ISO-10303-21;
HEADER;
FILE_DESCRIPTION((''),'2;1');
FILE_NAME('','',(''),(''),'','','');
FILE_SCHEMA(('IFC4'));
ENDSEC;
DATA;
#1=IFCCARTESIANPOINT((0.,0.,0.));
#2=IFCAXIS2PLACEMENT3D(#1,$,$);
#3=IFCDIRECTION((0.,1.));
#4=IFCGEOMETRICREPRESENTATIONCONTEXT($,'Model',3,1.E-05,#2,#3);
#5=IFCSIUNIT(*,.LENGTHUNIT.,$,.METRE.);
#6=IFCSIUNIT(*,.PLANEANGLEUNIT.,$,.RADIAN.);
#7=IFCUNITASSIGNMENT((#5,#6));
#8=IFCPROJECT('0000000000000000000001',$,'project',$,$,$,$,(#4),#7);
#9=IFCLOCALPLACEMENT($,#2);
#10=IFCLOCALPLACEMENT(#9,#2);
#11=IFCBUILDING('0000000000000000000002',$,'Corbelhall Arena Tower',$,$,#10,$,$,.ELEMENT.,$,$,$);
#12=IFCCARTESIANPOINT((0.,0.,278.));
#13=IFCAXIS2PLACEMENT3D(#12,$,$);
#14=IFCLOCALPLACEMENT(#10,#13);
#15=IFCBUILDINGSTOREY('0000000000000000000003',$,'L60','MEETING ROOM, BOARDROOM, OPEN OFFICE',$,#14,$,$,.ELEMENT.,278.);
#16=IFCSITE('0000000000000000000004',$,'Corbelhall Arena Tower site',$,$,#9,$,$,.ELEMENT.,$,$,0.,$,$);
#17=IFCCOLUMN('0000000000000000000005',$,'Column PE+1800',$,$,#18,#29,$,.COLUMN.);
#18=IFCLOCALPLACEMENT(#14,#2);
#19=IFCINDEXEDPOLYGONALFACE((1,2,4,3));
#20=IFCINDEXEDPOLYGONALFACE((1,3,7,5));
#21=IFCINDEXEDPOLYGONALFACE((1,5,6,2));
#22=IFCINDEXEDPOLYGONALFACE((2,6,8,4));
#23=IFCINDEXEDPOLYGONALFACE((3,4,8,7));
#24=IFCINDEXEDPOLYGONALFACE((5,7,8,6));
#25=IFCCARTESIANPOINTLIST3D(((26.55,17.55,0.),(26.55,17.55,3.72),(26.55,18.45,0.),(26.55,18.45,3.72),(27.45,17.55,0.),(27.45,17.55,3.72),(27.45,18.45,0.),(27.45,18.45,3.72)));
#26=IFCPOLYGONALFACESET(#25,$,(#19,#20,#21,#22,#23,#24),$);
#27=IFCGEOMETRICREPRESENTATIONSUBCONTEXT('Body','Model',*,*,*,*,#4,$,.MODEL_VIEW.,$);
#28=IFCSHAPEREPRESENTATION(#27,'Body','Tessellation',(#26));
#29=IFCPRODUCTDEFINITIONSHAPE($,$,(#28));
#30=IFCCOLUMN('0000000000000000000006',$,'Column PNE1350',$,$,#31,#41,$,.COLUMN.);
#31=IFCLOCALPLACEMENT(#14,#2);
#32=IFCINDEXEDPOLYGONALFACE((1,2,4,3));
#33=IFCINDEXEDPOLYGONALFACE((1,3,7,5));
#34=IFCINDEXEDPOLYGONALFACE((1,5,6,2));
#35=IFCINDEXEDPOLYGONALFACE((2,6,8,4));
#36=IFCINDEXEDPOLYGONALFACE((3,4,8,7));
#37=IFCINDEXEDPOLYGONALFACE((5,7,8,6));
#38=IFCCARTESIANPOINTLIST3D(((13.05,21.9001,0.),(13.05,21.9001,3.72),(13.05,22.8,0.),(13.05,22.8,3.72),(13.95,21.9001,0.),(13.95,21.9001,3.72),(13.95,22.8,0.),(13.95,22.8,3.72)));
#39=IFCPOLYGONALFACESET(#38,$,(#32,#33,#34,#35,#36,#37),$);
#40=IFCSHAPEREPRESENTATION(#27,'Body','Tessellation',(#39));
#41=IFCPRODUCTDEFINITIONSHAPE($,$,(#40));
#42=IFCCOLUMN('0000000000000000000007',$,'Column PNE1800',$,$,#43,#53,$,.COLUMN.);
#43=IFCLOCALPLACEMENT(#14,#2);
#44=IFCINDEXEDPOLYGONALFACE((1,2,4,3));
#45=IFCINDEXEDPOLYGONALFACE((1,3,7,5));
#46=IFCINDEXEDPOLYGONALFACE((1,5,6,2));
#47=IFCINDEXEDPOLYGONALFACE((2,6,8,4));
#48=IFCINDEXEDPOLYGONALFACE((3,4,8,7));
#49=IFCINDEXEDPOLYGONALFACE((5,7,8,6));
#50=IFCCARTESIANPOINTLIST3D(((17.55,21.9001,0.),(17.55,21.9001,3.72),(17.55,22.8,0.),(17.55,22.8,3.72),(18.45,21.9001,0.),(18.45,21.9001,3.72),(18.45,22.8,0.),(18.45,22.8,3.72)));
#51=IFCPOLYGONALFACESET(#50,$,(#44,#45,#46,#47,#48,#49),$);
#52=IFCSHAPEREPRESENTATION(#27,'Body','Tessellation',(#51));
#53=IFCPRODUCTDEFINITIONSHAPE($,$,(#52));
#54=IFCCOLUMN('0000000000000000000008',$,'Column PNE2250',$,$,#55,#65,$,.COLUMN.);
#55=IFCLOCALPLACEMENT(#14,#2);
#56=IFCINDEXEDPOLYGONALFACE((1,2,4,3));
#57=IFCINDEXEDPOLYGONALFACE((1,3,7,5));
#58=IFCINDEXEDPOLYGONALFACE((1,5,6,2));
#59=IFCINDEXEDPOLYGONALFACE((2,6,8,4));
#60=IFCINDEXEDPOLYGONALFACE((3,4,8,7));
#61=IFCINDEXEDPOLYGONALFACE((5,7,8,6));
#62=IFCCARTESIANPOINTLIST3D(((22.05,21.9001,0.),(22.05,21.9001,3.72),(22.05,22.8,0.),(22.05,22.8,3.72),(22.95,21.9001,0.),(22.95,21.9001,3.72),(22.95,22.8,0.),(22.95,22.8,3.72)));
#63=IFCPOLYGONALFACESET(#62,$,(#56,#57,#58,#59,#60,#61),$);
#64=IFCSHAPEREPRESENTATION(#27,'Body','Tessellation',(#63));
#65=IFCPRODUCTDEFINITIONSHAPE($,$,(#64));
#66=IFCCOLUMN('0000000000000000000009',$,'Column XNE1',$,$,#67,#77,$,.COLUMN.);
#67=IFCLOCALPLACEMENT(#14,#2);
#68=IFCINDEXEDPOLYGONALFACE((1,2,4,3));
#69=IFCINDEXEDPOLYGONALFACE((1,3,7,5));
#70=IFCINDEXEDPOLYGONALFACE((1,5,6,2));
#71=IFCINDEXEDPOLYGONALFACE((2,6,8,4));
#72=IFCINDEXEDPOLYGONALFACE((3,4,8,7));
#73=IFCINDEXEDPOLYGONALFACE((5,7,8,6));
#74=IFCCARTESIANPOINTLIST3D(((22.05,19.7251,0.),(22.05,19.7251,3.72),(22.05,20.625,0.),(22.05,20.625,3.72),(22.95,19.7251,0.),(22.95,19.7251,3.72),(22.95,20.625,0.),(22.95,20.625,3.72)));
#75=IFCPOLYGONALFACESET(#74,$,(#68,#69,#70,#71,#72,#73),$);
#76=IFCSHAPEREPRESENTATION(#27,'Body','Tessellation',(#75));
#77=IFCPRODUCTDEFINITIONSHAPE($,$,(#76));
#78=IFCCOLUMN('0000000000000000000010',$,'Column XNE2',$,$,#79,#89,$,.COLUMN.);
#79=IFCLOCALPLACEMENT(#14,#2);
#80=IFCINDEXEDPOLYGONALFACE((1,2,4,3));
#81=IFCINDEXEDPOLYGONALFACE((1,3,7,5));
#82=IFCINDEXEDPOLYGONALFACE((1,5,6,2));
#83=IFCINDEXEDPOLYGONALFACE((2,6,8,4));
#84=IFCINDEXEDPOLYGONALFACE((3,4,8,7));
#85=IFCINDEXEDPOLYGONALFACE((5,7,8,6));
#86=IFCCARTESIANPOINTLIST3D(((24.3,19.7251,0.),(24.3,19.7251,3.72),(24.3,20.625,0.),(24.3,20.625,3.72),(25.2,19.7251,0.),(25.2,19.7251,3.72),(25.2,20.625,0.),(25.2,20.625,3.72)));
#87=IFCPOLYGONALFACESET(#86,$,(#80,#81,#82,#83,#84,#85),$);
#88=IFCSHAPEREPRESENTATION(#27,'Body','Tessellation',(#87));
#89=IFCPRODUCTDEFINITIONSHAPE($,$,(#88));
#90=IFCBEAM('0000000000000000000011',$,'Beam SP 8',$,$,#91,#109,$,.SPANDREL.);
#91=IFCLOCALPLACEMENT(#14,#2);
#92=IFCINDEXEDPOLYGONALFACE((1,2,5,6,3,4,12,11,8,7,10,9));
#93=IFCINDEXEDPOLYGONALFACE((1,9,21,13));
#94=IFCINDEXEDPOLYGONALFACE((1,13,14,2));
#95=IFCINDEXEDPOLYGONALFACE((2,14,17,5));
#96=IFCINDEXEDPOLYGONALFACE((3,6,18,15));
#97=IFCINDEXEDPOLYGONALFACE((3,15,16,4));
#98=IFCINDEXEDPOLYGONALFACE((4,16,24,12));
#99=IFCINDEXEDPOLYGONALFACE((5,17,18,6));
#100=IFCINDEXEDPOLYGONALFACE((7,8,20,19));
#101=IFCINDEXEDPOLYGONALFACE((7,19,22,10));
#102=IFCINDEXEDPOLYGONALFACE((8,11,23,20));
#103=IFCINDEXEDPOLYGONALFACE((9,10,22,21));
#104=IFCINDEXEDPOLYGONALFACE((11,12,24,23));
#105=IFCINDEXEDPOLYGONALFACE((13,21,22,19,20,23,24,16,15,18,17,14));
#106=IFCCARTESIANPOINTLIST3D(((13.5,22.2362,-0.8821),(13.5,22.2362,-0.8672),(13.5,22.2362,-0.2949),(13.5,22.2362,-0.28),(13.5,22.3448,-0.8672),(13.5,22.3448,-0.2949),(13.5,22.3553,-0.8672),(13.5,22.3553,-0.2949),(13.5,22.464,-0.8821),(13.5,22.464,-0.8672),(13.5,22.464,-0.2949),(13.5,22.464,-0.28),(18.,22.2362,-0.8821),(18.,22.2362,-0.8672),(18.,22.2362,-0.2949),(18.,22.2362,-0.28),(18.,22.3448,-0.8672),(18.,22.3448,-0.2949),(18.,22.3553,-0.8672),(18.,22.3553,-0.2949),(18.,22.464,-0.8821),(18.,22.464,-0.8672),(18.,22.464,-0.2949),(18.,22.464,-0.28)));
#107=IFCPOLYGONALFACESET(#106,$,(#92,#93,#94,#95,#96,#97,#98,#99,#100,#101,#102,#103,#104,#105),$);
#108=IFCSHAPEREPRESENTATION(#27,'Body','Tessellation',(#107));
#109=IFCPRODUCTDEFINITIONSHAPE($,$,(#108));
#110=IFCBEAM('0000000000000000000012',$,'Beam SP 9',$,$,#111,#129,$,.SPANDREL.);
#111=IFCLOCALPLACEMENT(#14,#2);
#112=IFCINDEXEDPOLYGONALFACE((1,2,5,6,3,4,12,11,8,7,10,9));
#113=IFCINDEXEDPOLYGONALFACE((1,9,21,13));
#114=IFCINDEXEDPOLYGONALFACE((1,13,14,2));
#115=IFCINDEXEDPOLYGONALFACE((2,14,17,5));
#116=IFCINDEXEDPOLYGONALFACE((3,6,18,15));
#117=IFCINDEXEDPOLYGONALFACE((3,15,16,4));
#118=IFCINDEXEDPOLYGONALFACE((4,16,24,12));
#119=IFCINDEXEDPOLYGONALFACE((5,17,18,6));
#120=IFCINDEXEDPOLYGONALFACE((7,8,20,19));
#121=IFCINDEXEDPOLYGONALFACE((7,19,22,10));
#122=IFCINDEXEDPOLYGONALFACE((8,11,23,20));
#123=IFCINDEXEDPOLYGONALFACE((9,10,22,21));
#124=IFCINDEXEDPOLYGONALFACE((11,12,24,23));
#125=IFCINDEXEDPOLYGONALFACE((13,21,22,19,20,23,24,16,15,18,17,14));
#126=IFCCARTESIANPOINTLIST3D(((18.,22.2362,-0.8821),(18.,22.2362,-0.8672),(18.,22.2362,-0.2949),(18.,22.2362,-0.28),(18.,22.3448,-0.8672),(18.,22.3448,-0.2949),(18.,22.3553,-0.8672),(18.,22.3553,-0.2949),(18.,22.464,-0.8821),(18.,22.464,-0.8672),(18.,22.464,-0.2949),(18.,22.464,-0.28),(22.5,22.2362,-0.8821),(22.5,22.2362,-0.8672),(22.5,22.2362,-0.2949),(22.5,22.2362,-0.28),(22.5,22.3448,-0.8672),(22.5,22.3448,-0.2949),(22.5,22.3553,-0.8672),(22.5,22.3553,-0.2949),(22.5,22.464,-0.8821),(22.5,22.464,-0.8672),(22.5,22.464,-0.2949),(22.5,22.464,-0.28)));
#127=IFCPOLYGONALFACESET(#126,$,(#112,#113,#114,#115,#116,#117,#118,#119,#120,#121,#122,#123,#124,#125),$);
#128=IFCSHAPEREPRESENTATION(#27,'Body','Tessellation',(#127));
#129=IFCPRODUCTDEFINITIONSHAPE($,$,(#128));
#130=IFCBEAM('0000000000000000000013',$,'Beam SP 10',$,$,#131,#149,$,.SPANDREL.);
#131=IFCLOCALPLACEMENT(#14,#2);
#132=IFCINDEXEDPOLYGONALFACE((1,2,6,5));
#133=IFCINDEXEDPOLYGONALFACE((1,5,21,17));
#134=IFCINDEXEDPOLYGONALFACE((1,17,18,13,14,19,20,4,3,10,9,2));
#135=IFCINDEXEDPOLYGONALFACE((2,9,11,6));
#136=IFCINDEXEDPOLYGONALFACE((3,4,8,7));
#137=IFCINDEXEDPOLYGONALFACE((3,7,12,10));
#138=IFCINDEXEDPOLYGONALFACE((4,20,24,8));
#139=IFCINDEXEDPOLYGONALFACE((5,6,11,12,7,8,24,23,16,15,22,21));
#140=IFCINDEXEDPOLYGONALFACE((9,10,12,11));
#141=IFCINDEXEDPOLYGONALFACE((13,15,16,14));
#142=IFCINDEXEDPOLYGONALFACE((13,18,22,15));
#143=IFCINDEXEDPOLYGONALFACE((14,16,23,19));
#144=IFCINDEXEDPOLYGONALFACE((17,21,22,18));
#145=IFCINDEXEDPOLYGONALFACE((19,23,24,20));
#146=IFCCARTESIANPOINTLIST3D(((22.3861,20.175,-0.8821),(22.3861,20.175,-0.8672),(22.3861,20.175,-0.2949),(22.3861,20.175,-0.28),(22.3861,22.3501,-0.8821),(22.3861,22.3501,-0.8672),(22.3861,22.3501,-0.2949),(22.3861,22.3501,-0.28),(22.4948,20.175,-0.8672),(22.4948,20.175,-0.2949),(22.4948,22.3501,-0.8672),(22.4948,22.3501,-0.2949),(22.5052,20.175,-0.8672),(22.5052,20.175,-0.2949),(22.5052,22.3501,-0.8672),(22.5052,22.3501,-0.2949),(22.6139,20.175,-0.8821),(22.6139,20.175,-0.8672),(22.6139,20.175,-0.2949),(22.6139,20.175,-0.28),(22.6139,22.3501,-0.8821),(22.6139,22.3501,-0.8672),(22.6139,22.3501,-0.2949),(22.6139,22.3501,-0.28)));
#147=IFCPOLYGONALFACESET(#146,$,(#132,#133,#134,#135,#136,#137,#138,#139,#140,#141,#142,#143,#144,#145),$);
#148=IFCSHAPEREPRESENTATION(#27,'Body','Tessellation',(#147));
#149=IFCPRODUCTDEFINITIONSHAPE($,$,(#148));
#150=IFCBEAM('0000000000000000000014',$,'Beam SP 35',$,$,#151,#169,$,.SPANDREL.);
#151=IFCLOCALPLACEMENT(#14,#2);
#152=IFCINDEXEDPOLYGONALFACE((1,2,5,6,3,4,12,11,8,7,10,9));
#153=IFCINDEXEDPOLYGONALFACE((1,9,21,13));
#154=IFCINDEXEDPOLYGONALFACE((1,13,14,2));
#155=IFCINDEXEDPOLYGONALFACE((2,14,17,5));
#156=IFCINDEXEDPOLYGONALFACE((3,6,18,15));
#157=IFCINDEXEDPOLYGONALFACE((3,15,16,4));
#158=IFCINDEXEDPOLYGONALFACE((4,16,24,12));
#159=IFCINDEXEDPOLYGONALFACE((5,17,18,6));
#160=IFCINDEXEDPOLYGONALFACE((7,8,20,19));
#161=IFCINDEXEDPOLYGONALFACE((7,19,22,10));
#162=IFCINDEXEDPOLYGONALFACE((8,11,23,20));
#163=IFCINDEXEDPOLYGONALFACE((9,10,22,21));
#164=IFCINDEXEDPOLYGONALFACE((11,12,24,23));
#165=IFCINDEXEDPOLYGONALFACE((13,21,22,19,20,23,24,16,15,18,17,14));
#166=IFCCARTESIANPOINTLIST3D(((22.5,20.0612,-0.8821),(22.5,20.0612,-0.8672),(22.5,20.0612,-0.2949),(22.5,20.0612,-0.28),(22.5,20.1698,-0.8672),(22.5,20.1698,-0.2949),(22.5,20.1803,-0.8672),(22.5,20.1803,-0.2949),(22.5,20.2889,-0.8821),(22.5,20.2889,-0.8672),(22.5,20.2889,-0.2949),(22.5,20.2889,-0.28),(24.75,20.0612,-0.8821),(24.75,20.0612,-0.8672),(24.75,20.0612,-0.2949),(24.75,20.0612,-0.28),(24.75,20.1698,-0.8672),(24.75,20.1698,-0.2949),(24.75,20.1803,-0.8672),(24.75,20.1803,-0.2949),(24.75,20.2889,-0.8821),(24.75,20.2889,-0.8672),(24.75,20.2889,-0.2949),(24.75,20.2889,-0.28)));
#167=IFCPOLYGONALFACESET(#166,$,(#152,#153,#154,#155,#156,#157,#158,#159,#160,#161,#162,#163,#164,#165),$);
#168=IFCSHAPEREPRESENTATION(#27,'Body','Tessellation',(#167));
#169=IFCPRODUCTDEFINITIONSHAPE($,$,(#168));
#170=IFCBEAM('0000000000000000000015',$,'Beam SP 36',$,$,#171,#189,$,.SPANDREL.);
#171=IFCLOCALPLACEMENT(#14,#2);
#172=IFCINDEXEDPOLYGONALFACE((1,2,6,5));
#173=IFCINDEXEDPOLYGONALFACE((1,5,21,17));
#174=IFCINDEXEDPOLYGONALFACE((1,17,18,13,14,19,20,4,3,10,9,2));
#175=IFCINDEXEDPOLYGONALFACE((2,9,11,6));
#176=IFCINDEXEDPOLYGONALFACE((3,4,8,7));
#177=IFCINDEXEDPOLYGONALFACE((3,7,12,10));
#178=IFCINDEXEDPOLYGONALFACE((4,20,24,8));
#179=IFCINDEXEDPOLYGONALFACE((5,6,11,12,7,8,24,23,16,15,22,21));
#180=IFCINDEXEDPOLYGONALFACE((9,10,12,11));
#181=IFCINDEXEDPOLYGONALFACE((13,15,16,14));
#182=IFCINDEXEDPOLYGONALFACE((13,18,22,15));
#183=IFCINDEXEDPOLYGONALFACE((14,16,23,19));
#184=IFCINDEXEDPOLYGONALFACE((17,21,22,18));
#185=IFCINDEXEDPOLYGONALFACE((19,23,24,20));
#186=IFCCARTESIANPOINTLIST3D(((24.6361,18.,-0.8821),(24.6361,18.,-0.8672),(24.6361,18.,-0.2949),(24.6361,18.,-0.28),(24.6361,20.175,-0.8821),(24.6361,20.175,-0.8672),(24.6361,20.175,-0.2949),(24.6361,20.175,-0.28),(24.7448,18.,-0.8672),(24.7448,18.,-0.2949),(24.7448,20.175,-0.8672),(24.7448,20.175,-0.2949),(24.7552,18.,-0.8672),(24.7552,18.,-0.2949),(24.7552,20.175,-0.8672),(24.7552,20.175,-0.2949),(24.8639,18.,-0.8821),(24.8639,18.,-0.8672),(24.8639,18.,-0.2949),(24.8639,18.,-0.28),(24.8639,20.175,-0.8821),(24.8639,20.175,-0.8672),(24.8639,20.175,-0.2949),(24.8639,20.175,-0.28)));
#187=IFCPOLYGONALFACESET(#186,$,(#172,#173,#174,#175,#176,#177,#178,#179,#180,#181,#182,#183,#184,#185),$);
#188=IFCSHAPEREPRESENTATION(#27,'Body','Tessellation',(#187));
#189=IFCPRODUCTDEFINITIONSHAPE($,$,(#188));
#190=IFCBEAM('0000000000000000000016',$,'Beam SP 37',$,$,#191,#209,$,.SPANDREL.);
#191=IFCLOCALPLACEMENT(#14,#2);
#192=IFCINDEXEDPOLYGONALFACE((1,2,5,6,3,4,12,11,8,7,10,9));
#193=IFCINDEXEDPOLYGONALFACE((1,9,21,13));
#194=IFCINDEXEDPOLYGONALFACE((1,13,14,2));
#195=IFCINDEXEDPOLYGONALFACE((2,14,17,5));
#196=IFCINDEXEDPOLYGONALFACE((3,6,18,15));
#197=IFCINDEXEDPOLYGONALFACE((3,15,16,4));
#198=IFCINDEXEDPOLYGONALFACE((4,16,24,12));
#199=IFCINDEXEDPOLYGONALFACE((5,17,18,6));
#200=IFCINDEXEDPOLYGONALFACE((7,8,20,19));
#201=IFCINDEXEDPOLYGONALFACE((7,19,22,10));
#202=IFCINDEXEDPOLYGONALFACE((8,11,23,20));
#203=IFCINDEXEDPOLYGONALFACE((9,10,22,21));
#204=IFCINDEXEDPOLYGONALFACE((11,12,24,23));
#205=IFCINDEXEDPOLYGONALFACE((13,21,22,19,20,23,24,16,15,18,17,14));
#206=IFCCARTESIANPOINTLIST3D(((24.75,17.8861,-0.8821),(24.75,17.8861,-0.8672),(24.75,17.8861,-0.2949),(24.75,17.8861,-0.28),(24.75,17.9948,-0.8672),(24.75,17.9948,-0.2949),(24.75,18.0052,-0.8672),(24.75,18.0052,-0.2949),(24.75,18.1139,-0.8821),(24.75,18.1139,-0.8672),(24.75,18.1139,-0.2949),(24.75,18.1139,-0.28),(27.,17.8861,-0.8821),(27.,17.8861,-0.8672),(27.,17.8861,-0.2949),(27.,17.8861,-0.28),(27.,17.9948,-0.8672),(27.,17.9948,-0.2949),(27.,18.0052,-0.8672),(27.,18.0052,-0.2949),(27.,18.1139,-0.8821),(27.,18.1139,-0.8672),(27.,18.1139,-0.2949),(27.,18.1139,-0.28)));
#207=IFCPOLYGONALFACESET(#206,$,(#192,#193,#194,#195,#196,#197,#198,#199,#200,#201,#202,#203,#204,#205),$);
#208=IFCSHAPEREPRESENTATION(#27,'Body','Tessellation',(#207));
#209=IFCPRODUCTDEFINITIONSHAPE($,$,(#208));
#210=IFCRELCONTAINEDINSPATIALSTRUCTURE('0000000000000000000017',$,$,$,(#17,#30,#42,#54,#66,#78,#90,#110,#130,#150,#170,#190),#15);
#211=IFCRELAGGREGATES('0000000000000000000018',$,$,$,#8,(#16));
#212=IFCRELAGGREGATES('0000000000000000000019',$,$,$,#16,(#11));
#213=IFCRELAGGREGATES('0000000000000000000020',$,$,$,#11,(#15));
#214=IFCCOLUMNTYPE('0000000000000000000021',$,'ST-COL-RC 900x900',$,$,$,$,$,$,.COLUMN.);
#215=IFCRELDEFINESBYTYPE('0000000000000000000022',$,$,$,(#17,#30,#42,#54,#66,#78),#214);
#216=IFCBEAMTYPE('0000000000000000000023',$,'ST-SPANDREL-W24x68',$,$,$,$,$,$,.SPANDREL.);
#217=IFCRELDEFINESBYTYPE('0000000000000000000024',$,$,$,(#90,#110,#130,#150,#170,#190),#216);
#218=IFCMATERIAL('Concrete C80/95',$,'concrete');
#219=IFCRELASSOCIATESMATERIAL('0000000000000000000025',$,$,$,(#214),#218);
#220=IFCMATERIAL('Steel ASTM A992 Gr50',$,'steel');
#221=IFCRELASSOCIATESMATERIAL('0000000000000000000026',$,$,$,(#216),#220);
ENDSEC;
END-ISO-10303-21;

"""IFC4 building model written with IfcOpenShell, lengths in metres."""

from ifc_helpers import new_model, si_unit, direction, frame, origin, origin_2d, place, context, subcontext, project, spatial, rectangle, i_section, extrude, material, material_profile, profile_set, type_object, element, save


model = new_model("IFC4")

# Units and contexts
model_context = context("Model", 3, precision=1e-05, world=origin(), true_north=direction((0.0, 1.0)))
body_context = subcontext(model_context, "Body", "Model", "MODEL_VIEW")
ifc_project = project(units=[si_unit("LENGTHUNIT", "METRE"), si_unit("PLANEANGLEUNIT", "RADIAN")], contexts=[model_context])

# Site, building, storey
site_placement = place(None, origin())
site = spatial("IfcSite", under=ifc_project, at=site_placement, Name="Corbelhall Arena Tower site", CompositionType="ELEMENT", RefElevation=0.0)
building_placement = place(site_placement, origin())
building = spatial("IfcBuilding", under=site, at=building_placement, Name="Corbelhall Arena Tower", CompositionType="ELEMENT")
storey_placement = place(building_placement, frame((0.0, 0.0, 278.0)))
storey = spatial("IfcBuildingStorey", under=building, at=storey_placement, Name="L60", Description="MEETING ROOM, BOARDROOM, OPEN OFFICE", CompositionType="ELEMENT", Elevation=278.0)

# Columns
ifc_material_1 = material(Name="Concrete C80/95", Category="concrete")
ifc_material_profile_1 = material_profile(ifc_material_1, rectangle(XDim=0.8999, YDim=0.8999, at=origin_2d()))
ifc_profile_set_1 = profile_set([ifc_material_profile_1], Name="Concrete C80/95")
column_type = type_object("IfcColumnType", Name="ST-COL-RC 900x900", PredefinedType="COLUMN", material=ifc_profile_set_1)
for number, where, z_axis, x_axis, name in (
    (1, (27.0, 18.0, 0.0), (0.0, 0.0, 1.0), (0.0, 1.0, 0.0), "Column PE+1800"),
    (2, (13.5, 22.3501, 0.0), (0.0, 0.0, 1.0), (1.0, 0.0, 0.0), "Column PNE1350"),
    (3, (18.0, 22.3501, 0.0), (0.0, 0.0, 1.0), (1.0, 0.0, 0.0), "Column PNE1800"),
    (4, (22.5, 22.3501, 0.0), (0.0, 0.0, 1.0), (1.0, 0.0, 0.0), "Column PNE2250"),
    (5, (22.5, 20.175, 0.0), (0.0, 0.0, 1.0), (1.0, 0.0, 0.0), "Column XNE1"),
    (6, (24.75, 20.175, 0.0), (0.0, 0.0, 1.0), (1.0, 0.0, 0.0), "Column XNE2"),
):
    element("IfcColumn", number, at=place(storey_placement, frame(where, z_axis=z_axis, x_axis=x_axis)), inside=storey, type_object=column_type, Name=name, PredefinedType="COLUMN", context=body_context, shape_type="SweptSolid", body=[
        extrude(rectangle(XDim=0.8999, YDim=0.8999, at=origin_2d()), origin(), (0.0, 0.0, 1.0), 3.72),
    ])

# Beams
ifc_material_2 = material(Name="Steel ASTM A992 Gr50", Category="steel")
ifc_material_profile_2 = material_profile(ifc_material_2, i_section(OverallWidth=0.2278, OverallDepth=0.6021, WebThickness=0.0105, FlangeThickness=0.0149, at=origin_2d()))
ifc_profile_set_2 = profile_set([ifc_material_profile_2], Name="Steel ASTM A992 Gr50")
beam_type_1 = type_object("IfcBeamType", Name="ST-SPANDREL-W24x68", PredefinedType="SPANDREL", material=ifc_profile_set_2)
for number, where, z_axis, x_axis, name in (
    (7, (13.5, 22.3501, -0.5811), (1.0, 0.0, 0.0), (0.0, 1.0, 0.0), "Beam SP 8"),
    (8, (18.0, 22.3501, -0.5811), (1.0, 0.0, 0.0), (0.0, 1.0, 0.0), "Beam SP 9"),
):
    element("IfcBeam", number, at=place(storey_placement, frame(where, z_axis=z_axis, x_axis=x_axis)), inside=storey, type_object=beam_type_1, Name=name, PredefinedType="SPANDREL", context=body_context, shape_type="SweptSolid", body=[
        extrude(i_section(OverallWidth=0.2278, OverallDepth=0.6021, WebThickness=0.0105, FlangeThickness=0.0149, at=origin_2d()), origin(), (0.0, 0.0, 1.0), 4.5),
    ])
beam_1_placement = place(storey_placement, frame((22.5, 22.3501, -0.5811), z_axis=(0.0, -1.0, 0.0), x_axis=(1.0, 0.0, 0.0)))
element("IfcBeam", 9, at=beam_1_placement, inside=storey, type_object=beam_type_1, Name="Beam SP 10", PredefinedType="SPANDREL", context=body_context, shape_type="SweptSolid", body=[
    extrude(i_section(OverallWidth=0.2278, OverallDepth=0.6021, WebThickness=0.0105, FlangeThickness=0.0149, at=origin_2d()), origin(), (0.0, 0.0, 1.0), 2.175),
])
beam_2_placement = place(storey_placement, frame((22.5, 20.175, -0.5811), z_axis=(1.0, 0.0, 0.0), x_axis=(0.0, 1.0, 0.0)))
element("IfcBeam", 10, at=beam_2_placement, inside=storey, type_object=beam_type_1, Name="Beam SP 35", PredefinedType="SPANDREL", context=body_context, shape_type="SweptSolid", body=[
    extrude(i_section(OverallWidth=0.2278, OverallDepth=0.6021, WebThickness=0.0105, FlangeThickness=0.0149, at=origin_2d()), origin(), (0.0, 0.0, 1.0), 2.25),
])
beam_3_placement = place(storey_placement, frame((24.75, 20.175, -0.5811), z_axis=(0.0, -1.0, 0.0), x_axis=(1.0, 0.0, 0.0)))
element("IfcBeam", 11, at=beam_3_placement, inside=storey, type_object=beam_type_1, Name="Beam SP 36", PredefinedType="SPANDREL", context=body_context, shape_type="SweptSolid", body=[
    extrude(i_section(OverallWidth=0.2278, OverallDepth=0.6021, WebThickness=0.0105, FlangeThickness=0.0149, at=origin_2d()), origin(), (0.0, 0.0, 1.0), 2.175),
])
beam_4_placement = place(storey_placement, frame((24.75, 18.0, -0.5811), z_axis=(1.0, 0.0, 0.0), x_axis=(0.0, 1.0, 0.0)))
element("IfcBeam", 12, at=beam_4_placement, inside=storey, type_object=beam_type_1, Name="Beam SP 37", PredefinedType="SPANDREL", context=body_context, shape_type="SweptSolid", body=[
    extrude(i_section(OverallWidth=0.2278, OverallDepth=0.6021, WebThickness=0.0105, FlangeThickness=0.0149, at=origin_2d()), origin(), (0.0, 0.0, 1.0), 2.25),
])

save(model, "model.ifc")
